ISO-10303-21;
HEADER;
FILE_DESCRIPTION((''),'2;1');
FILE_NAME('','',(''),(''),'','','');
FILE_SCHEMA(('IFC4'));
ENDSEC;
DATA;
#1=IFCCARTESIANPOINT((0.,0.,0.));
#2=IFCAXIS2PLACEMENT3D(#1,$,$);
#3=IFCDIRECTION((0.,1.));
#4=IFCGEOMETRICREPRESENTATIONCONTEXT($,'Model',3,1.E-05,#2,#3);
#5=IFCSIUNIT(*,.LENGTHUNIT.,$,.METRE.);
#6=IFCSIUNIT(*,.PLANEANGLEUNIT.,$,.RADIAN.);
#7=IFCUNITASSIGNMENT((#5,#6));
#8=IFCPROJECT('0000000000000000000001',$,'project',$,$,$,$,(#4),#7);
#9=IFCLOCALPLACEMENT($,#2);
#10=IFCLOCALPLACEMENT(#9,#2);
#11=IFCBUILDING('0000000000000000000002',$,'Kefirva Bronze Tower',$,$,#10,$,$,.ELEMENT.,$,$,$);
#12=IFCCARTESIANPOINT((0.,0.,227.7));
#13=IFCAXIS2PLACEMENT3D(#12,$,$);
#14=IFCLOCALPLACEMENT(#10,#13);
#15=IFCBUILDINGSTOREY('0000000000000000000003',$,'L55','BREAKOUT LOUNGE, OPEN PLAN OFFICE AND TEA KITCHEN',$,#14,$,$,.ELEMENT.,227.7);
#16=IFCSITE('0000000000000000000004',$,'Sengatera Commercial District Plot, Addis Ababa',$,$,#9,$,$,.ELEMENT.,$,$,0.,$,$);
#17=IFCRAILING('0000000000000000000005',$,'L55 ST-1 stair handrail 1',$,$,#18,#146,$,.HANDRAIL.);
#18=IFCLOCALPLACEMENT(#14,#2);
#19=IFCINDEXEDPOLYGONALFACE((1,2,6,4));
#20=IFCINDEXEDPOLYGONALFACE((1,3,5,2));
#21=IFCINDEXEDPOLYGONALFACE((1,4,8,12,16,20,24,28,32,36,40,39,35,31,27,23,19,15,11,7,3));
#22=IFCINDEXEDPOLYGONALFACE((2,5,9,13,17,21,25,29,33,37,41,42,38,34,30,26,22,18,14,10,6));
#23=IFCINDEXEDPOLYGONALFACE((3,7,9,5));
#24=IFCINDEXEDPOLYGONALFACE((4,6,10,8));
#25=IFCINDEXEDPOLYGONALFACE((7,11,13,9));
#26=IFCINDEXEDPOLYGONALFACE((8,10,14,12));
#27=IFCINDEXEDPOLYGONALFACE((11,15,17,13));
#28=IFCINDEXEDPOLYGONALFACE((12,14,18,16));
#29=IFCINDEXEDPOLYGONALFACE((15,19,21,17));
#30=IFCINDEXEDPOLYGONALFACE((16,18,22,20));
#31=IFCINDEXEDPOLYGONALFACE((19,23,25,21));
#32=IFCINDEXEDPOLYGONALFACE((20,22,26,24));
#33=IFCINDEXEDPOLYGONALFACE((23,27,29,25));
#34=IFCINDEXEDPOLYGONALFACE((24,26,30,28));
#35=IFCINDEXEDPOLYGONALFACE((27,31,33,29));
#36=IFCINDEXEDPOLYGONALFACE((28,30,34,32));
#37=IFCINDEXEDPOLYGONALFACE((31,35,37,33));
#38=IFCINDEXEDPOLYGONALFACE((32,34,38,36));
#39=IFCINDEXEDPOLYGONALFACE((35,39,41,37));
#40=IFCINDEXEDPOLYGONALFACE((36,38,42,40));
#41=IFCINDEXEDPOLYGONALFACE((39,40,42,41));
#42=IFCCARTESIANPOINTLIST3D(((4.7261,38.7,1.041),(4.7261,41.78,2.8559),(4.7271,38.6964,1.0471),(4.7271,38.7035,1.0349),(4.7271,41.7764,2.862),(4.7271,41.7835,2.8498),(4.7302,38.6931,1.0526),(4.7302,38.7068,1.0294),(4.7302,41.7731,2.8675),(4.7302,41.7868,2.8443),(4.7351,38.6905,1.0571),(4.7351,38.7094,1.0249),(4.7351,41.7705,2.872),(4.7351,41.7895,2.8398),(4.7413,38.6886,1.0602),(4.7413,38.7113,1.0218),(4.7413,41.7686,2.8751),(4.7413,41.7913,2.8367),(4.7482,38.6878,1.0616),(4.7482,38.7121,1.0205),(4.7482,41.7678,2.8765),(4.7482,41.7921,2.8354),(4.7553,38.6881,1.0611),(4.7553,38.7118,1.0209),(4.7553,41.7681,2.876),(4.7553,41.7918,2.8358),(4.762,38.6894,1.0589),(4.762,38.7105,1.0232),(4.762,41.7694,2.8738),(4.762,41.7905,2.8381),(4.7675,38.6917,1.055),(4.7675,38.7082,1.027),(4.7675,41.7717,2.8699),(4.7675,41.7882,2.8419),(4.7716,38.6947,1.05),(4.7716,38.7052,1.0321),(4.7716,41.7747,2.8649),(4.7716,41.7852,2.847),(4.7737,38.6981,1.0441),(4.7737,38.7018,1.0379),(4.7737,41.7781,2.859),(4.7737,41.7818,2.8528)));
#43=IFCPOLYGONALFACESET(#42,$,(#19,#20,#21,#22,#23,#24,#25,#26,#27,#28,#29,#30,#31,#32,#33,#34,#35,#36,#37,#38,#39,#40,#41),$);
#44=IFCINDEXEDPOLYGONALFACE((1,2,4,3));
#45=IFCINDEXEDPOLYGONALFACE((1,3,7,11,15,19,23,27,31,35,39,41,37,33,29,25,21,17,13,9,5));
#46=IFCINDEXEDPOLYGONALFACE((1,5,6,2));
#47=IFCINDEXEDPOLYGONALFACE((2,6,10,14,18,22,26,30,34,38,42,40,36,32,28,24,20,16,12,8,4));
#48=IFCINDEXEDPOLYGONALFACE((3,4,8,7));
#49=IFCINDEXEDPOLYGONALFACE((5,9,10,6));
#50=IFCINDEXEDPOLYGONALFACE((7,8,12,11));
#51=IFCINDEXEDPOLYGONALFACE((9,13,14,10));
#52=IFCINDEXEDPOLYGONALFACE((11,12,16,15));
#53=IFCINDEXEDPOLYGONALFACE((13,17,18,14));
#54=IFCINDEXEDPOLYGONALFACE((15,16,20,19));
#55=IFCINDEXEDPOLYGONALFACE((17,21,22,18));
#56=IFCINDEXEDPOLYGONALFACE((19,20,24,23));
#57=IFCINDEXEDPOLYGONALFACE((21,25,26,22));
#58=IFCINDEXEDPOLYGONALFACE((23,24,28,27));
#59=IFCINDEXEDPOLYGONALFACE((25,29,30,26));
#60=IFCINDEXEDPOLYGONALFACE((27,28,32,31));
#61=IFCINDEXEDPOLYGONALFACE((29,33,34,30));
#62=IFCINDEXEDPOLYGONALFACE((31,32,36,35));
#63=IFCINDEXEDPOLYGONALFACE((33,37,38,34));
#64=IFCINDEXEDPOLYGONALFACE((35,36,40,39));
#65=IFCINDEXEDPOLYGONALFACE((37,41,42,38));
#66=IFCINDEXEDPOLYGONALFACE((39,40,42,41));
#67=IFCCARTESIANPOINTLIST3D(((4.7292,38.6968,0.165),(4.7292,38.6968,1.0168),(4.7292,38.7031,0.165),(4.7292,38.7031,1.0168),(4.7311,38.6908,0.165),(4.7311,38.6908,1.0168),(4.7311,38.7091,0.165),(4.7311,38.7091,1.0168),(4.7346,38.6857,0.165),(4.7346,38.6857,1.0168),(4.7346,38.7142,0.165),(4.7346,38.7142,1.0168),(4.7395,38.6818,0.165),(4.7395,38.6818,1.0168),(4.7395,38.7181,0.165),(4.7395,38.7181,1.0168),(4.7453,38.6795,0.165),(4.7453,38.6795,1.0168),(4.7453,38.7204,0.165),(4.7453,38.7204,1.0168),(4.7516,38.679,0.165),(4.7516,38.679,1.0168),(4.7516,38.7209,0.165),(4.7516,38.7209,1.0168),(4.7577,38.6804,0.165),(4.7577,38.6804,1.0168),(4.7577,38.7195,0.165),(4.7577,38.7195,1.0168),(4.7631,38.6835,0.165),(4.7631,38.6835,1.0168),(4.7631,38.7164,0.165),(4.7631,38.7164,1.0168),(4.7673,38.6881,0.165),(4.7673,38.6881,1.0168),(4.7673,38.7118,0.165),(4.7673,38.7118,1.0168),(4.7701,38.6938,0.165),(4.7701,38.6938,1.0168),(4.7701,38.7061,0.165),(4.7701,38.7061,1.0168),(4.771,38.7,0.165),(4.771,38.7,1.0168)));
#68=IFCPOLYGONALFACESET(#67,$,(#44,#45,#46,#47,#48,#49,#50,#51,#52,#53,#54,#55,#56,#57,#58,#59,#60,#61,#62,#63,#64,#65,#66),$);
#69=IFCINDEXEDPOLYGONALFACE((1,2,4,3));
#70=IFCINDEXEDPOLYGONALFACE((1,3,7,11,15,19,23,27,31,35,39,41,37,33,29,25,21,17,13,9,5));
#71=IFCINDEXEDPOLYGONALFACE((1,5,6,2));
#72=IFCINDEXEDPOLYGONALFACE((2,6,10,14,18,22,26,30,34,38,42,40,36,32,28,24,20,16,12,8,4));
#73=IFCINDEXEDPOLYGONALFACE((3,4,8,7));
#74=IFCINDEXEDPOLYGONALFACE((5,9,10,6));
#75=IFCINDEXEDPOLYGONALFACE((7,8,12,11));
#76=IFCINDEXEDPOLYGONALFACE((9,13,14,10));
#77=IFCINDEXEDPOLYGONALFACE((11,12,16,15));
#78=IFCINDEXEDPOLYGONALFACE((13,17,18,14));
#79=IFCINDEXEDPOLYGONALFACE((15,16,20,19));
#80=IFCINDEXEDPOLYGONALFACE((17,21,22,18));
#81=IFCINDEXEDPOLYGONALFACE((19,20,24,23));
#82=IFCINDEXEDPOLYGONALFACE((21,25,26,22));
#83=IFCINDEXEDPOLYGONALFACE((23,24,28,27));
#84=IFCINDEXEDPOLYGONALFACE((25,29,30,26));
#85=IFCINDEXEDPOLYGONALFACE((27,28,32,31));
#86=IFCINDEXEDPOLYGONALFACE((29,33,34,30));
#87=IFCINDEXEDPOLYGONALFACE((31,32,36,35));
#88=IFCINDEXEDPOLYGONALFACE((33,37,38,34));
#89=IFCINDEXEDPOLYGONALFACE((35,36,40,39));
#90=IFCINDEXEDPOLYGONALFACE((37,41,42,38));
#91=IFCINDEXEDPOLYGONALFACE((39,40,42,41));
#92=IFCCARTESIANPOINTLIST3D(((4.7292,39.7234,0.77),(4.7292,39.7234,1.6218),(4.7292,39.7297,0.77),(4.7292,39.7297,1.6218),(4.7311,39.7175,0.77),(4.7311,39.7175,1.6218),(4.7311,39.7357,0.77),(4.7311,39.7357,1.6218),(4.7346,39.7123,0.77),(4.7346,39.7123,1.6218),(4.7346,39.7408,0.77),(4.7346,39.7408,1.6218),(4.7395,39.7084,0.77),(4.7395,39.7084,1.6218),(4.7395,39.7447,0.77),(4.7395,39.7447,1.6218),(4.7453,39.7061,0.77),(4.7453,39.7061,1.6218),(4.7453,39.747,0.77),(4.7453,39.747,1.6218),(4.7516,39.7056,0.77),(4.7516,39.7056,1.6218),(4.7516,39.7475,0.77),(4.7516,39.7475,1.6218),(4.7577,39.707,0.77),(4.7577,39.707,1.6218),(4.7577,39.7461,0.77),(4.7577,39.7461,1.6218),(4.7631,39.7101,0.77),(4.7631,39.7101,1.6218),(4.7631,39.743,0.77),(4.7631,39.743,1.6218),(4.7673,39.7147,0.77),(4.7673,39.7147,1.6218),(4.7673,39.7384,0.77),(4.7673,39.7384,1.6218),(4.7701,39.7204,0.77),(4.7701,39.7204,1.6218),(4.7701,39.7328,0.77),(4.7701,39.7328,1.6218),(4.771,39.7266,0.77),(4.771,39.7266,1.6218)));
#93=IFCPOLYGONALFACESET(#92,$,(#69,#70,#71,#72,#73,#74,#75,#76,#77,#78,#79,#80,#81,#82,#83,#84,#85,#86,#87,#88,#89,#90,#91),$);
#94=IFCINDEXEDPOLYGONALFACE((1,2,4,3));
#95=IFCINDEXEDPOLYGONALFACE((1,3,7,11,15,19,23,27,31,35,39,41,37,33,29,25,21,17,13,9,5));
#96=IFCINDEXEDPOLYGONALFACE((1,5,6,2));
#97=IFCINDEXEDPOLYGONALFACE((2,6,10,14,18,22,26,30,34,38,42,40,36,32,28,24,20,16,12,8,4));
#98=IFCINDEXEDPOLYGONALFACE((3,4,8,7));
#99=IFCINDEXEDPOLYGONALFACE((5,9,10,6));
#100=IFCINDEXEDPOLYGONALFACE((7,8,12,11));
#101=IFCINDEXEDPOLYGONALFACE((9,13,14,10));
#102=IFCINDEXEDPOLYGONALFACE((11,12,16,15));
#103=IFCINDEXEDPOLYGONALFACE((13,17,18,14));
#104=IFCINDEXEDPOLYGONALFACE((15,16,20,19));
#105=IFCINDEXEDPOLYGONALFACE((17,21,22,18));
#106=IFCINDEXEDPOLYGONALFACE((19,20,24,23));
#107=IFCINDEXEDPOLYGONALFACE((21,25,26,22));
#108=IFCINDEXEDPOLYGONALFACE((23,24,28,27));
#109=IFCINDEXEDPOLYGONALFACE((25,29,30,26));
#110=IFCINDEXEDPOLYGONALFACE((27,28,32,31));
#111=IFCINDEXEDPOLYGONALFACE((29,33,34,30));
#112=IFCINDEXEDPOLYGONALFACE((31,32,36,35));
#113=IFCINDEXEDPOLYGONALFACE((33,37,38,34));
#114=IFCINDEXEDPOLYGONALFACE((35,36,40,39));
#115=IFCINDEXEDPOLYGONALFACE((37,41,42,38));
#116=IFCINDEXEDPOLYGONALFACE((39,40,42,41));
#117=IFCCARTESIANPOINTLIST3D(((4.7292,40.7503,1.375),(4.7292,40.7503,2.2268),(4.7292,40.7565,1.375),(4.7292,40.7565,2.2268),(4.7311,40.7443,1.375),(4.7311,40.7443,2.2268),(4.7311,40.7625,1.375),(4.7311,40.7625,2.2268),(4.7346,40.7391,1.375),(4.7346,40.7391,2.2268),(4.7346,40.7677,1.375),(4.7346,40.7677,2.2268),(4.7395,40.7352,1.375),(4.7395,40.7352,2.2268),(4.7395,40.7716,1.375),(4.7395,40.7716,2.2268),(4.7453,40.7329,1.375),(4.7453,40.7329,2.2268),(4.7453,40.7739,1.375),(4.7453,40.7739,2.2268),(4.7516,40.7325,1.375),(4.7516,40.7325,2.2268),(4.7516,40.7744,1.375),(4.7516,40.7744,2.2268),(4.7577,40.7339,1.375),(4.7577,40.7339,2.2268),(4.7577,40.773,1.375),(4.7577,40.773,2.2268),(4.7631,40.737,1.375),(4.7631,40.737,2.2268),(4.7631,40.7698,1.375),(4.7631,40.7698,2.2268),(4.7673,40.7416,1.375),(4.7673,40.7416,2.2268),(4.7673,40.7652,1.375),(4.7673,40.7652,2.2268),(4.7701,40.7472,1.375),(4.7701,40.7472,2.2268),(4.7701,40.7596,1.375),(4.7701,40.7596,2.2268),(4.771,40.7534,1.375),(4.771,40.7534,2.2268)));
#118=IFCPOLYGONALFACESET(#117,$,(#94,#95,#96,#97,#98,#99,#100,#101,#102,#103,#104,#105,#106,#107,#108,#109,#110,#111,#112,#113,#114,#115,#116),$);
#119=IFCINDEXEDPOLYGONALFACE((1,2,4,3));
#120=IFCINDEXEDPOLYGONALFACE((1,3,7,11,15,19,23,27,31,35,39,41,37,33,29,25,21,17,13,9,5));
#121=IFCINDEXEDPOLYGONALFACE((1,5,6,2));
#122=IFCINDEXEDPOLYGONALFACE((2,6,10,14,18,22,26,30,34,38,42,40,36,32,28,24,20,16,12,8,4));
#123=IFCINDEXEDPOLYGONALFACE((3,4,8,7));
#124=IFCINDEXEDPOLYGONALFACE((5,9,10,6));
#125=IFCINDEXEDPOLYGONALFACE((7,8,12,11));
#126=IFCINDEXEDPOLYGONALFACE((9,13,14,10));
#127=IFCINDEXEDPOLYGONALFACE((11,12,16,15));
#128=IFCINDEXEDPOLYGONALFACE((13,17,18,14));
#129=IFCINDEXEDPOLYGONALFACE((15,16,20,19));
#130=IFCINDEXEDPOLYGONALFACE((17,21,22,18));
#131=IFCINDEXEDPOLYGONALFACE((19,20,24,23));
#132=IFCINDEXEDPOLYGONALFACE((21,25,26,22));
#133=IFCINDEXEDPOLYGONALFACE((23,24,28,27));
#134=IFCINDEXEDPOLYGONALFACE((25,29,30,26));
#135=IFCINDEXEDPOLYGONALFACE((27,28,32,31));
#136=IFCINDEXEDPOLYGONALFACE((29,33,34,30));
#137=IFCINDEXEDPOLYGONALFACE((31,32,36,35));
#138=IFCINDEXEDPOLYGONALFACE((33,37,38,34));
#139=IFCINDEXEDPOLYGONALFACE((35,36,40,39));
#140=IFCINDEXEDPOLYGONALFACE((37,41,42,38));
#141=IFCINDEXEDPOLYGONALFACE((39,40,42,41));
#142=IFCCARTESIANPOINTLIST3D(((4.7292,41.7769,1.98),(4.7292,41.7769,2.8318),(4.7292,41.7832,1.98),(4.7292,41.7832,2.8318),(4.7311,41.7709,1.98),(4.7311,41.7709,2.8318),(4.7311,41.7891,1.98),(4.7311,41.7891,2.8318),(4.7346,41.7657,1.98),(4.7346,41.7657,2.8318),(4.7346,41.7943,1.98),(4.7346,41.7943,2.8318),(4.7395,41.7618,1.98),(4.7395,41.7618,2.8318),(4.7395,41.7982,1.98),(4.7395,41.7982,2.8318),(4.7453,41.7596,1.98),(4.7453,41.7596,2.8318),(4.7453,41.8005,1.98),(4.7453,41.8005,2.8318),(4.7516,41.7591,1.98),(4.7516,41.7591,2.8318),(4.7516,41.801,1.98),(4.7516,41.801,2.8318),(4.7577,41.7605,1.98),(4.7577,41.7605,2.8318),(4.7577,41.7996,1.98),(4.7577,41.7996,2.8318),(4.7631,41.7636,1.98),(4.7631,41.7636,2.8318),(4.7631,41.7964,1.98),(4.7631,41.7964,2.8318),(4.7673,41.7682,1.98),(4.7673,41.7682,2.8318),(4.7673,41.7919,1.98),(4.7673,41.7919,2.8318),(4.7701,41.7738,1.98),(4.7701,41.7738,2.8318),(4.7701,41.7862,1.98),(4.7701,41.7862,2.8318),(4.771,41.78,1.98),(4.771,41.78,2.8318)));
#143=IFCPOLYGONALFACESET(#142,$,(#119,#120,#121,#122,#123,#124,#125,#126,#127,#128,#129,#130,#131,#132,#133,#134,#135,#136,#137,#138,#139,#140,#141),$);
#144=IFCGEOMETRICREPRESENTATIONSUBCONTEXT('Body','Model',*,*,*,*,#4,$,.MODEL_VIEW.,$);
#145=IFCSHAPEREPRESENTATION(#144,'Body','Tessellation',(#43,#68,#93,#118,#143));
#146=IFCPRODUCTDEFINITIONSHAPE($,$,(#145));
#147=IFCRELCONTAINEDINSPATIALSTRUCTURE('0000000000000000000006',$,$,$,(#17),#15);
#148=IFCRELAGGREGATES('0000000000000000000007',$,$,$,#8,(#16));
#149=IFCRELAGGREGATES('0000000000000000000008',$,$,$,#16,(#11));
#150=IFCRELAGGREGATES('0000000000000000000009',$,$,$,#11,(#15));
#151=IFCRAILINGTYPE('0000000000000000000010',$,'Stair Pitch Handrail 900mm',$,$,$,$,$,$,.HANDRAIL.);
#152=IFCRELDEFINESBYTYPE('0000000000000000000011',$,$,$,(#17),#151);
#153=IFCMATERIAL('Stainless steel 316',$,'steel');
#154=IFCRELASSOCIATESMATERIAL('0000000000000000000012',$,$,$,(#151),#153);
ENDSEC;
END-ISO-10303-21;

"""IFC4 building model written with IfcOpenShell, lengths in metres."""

from ifc_helpers import new_model, si_unit, direction, frame, origin, origin_2d, place, context, subcontext, project, spatial, circle, extrude, material, type_object, element, save


model = new_model("IFC4")

# Units and contexts
model_context = context("Model", 3, precision=1e-05, world=origin(), true_north=direction((0.0, 1.0)))
body_context = subcontext(model_context, "Body", "Model", "MODEL_VIEW")
ifc_project = project(units=[si_unit("LENGTHUNIT", "METRE"), si_unit("PLANEANGLEUNIT", "RADIAN")], contexts=[model_context])

# Site, building, storey
site_placement = place(None, origin())
site = spatial("IfcSite", under=ifc_project, at=site_placement, Name="Sengatera Commercial District Plot, Addis Ababa", CompositionType="ELEMENT", RefElevation=0.0)
building_placement = place(site_placement, origin())
building = spatial("IfcBuilding", under=site, at=building_placement, Name="Kefirva Bronze Tower", CompositionType="ELEMENT")
storey_placement = place(building_placement, frame((0.0, 0.0, 227.7)))
storey = spatial("IfcBuildingStorey", under=building, at=storey_placement, Name="L55", Description="BREAKOUT LOUNGE, OPEN PLAN OFFICE AND TEA KITCHEN", CompositionType="ELEMENT", Elevation=227.7)

# Shared definitions
ifc_material_1 = material(Name="Stainless steel 316", Category="steel")

# Railing
railing_type = type_object("IfcRailingType", Name="Stair Pitch Handrail 900mm", PredefinedType="HANDRAIL", material=ifc_material_1)
railing_placement = place(storey_placement, frame((4.75, 38.7, 0.165)))
element("IfcRailing", 1, at=railing_placement, inside=storey, type_object=railing_type, Name="L55 ST-1 stair handrail 1", PredefinedType="HANDRAIL", context=body_context, shape_type="SweptSolid", body=[
    extrude(circle(Radius=0.0239, at=origin_2d()), frame((0.0, 0.0, 0.876), z_axis=(0.0, 0.861551, 0.507671), x_axis=(-1.0, 0.0, 0.0)), (0.0, 0.0, 1.0), 3.575),
    extrude(circle(Radius=0.021, at=origin_2d()), origin(), (0.0, 0.0, 1.0), 0.8518),
    extrude(circle(Radius=0.021, at=origin_2d()), frame((0.0, 1.0266, 0.605)), (0.0, 0.0, 1.0), 0.8518),
    extrude(circle(Radius=0.021, at=origin_2d()), frame((0.0, 2.0535, 1.21)), (0.0, 0.0, 1.0), 0.8518),
    extrude(circle(Radius=0.021, at=origin_2d()), frame((0.0, 3.0801, 1.8149)), (0.0, 0.0, 1.0), 0.8518),
])

save(model, "model.ifc")
